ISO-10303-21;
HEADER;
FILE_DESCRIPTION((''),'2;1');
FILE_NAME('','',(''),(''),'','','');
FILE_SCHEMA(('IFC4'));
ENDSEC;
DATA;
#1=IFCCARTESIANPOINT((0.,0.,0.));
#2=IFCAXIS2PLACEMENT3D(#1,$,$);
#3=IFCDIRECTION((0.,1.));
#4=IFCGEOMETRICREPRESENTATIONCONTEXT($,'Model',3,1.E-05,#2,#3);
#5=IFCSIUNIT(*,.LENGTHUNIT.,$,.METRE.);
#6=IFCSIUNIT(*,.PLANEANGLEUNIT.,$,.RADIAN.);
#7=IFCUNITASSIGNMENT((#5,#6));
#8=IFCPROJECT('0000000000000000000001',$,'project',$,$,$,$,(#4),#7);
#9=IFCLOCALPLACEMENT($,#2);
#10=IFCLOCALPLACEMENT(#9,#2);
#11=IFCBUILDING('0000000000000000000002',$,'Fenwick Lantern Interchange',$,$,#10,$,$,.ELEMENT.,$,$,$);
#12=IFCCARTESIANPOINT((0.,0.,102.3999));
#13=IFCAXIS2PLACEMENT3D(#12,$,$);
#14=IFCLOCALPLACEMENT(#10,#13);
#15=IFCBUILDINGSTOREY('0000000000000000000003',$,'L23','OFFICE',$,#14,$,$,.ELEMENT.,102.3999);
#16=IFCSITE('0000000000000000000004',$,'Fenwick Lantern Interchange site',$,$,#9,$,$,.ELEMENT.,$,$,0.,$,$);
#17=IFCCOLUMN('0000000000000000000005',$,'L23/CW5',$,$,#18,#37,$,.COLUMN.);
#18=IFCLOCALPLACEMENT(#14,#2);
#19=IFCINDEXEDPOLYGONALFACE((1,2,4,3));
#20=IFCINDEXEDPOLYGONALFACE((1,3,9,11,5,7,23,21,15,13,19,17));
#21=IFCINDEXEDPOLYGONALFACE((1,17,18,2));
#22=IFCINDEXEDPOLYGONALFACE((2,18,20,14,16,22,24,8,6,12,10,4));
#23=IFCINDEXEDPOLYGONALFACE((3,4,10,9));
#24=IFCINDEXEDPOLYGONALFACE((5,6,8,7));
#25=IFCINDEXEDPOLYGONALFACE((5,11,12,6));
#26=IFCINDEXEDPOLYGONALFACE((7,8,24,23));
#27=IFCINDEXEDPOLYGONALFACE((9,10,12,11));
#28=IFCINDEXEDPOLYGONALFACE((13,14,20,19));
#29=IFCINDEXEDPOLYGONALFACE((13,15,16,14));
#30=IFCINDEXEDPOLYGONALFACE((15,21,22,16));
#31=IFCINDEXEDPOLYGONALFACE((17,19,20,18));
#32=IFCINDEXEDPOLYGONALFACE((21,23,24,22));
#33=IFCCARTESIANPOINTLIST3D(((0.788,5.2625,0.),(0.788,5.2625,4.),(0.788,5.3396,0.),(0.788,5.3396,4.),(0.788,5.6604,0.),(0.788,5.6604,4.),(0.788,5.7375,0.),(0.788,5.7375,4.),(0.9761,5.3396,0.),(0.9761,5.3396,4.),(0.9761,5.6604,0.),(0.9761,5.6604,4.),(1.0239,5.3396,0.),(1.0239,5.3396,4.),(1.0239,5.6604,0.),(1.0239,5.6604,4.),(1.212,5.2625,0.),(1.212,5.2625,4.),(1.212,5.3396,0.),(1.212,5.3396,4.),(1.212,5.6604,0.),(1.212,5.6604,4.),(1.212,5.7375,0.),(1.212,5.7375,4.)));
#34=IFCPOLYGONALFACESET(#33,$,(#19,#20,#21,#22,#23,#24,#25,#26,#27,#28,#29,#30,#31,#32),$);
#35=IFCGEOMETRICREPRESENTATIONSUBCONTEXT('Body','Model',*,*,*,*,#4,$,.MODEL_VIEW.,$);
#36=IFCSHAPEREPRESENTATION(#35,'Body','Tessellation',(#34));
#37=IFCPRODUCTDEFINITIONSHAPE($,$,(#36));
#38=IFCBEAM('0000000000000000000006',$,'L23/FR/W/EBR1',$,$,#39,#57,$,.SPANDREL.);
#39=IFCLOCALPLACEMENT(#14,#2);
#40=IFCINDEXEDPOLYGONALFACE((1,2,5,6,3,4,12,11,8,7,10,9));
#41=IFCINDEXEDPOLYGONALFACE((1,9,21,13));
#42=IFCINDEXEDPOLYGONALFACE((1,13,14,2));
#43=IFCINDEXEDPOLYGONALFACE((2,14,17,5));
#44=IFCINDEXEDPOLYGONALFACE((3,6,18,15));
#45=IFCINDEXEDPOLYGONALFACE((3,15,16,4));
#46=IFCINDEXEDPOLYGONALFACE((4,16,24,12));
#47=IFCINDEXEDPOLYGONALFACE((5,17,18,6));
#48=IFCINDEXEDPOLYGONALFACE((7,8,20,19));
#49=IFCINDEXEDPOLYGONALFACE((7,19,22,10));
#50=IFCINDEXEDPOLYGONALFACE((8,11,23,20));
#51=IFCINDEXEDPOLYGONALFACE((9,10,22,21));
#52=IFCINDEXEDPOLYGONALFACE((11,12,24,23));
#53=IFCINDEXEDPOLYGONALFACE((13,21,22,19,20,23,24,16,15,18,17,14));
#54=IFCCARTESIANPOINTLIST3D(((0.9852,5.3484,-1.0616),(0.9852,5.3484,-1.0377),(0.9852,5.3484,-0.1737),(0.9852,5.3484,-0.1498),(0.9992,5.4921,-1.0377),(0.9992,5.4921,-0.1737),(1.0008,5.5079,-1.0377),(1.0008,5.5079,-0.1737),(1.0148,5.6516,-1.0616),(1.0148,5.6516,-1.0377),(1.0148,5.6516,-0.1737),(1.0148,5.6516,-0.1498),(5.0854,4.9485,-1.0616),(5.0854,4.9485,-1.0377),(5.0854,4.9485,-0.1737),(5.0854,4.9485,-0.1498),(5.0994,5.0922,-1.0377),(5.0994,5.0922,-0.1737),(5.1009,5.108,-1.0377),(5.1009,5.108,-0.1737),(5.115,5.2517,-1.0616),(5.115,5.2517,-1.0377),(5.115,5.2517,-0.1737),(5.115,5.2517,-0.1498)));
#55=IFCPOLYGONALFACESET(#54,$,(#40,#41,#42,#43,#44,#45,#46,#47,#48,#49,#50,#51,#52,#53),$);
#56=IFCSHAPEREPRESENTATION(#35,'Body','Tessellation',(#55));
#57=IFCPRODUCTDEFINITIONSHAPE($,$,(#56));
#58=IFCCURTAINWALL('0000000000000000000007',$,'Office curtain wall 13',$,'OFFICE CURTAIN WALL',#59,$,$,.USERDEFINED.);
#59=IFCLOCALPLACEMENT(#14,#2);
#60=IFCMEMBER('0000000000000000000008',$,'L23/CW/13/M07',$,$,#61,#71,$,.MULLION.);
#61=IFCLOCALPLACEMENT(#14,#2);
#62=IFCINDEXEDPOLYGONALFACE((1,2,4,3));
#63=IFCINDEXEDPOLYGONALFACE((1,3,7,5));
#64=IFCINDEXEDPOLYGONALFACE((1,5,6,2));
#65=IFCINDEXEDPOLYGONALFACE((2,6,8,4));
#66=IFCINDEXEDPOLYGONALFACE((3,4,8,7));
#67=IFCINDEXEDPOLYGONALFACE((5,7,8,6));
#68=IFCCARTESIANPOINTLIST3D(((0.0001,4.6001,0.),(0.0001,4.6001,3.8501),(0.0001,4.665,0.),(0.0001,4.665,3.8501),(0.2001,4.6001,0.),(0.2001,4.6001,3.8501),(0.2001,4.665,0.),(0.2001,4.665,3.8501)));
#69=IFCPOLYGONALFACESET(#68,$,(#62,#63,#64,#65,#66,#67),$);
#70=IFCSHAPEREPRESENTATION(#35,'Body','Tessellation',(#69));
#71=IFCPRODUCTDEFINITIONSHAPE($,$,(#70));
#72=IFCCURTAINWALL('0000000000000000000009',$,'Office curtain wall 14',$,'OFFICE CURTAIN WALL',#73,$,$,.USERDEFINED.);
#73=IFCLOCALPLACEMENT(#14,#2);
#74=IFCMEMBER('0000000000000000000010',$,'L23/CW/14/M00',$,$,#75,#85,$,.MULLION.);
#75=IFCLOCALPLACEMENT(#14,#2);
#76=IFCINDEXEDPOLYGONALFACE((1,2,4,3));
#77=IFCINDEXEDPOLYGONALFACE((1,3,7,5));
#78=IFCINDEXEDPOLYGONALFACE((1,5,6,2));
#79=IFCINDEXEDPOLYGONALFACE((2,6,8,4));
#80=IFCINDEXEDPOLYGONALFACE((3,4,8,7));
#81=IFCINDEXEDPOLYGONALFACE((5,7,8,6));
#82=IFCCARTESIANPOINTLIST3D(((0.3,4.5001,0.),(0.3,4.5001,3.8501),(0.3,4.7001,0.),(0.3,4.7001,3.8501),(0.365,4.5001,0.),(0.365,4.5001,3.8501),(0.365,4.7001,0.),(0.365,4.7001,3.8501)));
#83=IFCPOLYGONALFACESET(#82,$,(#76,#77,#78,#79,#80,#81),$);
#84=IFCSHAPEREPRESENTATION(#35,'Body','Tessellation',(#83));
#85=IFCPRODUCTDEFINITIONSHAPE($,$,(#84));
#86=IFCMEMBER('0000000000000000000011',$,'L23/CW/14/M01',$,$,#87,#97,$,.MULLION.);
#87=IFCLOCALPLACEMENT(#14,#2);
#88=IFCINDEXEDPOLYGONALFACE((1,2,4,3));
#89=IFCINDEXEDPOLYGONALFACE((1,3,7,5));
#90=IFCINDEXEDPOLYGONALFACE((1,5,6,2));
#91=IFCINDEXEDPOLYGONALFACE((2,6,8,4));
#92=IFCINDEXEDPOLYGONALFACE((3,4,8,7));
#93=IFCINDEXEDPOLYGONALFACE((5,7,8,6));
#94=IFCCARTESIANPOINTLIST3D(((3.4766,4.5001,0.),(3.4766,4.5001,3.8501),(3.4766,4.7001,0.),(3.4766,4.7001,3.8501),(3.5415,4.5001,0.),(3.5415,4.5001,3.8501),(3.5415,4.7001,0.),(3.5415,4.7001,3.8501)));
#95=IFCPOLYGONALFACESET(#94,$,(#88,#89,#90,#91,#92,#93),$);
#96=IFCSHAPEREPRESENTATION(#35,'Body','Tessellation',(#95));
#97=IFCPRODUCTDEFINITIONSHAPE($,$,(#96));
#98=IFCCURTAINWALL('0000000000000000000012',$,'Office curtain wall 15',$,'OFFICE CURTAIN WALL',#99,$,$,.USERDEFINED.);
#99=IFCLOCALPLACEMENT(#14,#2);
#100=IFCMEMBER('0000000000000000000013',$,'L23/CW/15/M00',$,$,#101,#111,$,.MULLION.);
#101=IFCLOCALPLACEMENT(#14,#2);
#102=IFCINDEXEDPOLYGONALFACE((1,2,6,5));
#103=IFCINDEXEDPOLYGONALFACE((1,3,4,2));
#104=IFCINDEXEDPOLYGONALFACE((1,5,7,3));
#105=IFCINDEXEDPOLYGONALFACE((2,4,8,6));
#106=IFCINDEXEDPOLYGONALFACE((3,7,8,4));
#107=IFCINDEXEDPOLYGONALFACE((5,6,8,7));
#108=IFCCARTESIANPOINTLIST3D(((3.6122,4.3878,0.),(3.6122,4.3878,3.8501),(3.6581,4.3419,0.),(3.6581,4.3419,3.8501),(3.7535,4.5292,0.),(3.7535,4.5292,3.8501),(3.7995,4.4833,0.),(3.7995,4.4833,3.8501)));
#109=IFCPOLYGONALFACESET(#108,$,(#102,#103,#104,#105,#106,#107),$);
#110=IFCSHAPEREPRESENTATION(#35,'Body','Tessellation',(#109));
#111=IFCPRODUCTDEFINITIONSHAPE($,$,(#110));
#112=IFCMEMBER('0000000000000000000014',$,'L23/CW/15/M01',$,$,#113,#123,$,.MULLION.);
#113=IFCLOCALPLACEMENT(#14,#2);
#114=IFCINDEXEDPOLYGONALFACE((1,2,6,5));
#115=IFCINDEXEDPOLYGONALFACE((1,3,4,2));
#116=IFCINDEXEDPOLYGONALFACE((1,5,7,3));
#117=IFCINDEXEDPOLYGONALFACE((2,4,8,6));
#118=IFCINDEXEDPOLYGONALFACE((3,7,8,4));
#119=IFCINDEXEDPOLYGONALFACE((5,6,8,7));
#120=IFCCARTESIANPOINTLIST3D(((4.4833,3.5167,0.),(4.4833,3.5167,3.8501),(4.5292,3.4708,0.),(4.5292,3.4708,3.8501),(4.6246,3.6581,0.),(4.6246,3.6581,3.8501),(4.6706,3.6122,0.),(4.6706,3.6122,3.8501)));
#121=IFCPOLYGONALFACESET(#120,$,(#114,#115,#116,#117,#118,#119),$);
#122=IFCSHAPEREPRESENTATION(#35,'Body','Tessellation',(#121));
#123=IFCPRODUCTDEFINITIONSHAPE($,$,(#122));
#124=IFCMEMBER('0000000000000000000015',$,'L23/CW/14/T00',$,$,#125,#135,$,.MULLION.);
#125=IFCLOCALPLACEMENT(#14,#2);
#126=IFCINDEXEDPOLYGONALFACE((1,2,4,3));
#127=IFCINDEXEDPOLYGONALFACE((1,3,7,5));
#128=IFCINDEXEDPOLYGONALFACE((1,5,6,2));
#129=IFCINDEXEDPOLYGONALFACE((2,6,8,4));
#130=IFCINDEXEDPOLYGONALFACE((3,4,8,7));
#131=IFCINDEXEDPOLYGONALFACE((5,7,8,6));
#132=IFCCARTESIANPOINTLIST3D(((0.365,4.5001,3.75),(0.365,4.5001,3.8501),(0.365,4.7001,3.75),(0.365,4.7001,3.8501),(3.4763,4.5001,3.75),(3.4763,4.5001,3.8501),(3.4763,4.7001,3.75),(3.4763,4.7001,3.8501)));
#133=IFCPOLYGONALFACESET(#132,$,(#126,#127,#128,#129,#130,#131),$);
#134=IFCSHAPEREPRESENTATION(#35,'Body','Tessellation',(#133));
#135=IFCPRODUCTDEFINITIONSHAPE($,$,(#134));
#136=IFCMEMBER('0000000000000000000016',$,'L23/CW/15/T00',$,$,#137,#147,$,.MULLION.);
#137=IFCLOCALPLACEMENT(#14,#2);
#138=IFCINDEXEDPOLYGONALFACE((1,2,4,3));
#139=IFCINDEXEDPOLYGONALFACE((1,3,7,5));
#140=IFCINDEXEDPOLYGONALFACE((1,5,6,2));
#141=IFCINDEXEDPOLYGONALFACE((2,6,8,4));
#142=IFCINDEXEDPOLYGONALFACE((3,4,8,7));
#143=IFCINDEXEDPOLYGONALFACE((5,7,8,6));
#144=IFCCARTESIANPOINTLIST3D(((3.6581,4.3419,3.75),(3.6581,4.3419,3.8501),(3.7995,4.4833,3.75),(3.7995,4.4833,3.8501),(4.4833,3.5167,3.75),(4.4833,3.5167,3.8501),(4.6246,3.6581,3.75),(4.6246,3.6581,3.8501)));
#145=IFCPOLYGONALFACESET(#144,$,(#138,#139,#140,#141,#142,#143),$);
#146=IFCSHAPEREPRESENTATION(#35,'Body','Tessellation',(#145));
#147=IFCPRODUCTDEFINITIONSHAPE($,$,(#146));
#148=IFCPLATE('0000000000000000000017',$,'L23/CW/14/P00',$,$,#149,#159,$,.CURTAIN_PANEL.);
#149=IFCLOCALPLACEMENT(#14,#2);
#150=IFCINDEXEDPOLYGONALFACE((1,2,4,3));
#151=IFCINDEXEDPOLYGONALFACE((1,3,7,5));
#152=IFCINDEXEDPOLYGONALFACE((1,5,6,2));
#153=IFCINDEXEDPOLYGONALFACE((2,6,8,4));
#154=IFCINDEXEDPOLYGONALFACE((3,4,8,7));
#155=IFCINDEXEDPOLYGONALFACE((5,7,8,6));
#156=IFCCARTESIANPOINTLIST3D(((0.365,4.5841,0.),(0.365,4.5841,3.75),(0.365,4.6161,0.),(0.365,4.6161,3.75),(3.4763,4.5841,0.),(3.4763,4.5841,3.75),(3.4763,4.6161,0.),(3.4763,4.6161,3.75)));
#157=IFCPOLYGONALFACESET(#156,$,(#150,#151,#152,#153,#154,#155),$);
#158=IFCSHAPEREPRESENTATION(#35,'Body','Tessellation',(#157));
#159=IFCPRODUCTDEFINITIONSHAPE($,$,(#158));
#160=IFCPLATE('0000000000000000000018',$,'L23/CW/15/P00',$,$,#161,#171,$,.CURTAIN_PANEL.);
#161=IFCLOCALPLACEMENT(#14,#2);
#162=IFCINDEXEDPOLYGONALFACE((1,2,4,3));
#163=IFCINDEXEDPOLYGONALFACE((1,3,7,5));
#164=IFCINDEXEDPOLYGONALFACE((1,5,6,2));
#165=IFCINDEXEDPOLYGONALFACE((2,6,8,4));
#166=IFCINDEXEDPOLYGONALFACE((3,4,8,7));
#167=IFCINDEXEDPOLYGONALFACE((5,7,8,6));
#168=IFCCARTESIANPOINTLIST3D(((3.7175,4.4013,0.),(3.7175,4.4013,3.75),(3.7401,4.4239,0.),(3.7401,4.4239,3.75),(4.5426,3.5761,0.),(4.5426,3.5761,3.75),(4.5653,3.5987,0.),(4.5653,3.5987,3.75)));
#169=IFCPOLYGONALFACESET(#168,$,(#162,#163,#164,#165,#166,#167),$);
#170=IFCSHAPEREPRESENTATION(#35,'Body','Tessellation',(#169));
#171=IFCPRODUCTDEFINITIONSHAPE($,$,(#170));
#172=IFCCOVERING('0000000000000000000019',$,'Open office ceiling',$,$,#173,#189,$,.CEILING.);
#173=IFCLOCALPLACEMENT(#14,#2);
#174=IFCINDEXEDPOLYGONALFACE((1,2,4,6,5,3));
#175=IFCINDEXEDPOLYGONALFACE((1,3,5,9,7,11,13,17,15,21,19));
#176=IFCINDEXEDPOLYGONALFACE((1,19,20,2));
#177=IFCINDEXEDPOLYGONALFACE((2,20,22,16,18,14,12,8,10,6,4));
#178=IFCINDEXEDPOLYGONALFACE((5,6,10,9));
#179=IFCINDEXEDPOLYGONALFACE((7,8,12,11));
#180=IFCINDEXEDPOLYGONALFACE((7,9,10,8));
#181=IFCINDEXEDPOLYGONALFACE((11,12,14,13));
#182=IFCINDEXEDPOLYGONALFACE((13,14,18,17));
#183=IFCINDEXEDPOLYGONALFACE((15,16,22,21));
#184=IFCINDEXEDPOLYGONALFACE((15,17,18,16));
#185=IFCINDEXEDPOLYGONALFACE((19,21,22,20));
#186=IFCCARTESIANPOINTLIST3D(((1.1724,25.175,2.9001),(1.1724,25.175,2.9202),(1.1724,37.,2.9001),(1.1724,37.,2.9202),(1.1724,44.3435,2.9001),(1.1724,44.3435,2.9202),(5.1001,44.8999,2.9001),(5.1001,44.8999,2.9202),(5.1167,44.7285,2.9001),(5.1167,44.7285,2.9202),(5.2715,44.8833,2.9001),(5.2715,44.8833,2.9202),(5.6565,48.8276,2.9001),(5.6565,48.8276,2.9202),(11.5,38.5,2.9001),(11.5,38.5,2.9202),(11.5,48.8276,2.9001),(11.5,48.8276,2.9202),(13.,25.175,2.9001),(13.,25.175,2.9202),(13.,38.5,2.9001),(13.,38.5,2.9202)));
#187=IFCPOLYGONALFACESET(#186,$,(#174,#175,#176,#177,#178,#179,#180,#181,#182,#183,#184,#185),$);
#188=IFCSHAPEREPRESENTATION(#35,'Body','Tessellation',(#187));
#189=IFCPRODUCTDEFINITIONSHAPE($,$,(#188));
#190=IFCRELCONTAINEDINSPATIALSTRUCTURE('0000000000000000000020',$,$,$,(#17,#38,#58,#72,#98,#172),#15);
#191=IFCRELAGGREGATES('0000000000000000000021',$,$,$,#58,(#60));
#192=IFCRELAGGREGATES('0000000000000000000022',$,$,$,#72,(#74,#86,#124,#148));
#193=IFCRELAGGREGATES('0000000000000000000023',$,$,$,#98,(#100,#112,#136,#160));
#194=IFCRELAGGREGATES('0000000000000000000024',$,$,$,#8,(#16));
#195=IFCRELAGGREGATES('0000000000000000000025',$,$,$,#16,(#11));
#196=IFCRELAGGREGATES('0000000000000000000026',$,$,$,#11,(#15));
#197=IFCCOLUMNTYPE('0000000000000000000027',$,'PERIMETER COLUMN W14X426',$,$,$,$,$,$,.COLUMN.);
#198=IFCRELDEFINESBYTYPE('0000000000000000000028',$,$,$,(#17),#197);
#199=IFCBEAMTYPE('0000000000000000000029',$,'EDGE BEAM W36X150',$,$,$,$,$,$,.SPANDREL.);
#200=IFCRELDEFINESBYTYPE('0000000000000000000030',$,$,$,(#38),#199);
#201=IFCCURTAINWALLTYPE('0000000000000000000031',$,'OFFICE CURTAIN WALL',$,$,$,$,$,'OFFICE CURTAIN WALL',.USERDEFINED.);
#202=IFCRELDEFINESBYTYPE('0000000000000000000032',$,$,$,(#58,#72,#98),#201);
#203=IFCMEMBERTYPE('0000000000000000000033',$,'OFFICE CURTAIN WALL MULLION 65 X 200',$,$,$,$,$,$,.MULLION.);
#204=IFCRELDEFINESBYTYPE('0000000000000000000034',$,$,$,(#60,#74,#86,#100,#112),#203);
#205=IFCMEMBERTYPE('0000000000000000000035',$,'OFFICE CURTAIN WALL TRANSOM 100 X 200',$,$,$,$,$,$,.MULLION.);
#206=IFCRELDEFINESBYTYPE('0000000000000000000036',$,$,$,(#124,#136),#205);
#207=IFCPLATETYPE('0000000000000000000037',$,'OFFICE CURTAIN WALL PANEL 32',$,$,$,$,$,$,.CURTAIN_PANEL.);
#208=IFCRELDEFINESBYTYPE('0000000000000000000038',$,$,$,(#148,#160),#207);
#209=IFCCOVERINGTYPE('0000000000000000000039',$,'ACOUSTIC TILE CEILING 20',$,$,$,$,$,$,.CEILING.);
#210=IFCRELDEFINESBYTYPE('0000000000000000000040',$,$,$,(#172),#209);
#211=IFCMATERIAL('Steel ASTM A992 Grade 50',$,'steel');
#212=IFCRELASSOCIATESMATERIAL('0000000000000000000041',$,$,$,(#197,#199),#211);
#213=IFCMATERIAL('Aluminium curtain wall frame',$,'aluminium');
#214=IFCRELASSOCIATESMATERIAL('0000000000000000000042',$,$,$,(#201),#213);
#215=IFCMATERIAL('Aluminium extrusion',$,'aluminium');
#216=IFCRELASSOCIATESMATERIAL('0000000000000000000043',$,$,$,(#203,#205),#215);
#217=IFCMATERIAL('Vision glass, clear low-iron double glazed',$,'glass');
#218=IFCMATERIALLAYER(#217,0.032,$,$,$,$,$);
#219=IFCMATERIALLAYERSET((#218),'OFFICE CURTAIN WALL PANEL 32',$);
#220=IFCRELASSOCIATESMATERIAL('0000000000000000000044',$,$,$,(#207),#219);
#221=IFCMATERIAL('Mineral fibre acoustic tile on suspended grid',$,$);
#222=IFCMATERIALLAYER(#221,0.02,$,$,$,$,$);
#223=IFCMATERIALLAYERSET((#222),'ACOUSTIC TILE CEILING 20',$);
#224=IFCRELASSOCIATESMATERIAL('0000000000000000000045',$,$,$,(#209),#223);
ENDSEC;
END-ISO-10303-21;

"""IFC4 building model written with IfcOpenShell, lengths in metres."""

from ifc_helpers import new_model, si_unit, direction, frame, origin, origin_2d, place, context, subcontext, project, spatial, polyline, rectangle, i_section, outline, extrude, material, layer, layer_set, material_profile, profile_set, type_object, element, aggregate, save


model = new_model("IFC4")

# Units and contexts
model_context = context("Model", 3, precision=1e-05, world=origin(), true_north=direction((0.0, 1.0)))
body_context = subcontext(model_context, "Body", "Model", "MODEL_VIEW")
ifc_project = project(units=[si_unit("LENGTHUNIT", "METRE"), si_unit("PLANEANGLEUNIT", "RADIAN")], contexts=[model_context])

# Site, building, storey
site_placement = place(None, origin())
site = spatial("IfcSite", under=ifc_project, at=site_placement, Name="Fenwick Lantern Interchange site", CompositionType="ELEMENT", RefElevation=0.0)
building_placement = place(site_placement, origin())
building = spatial("IfcBuilding", under=site, at=building_placement, Name="Fenwick Lantern Interchange", CompositionType="ELEMENT")
storey_placement = place(building_placement, frame((0.0, 0.0, 102.3999)))
storey = spatial("IfcBuildingStorey", under=building, at=storey_placement, Name="L23", Description="OFFICE", CompositionType="ELEMENT", Elevation=102.3999)

# Column
ifc_material_1 = material(Name="Steel ASTM A992 Grade 50", Category="steel")
ifc_material_profile_1 = material_profile(ifc_material_1, i_section(OverallWidth=0.4241, OverallDepth=0.4751, WebThickness=0.0479, FlangeThickness=0.0771, at=origin_2d()), Name="W14X426")
ifc_profile_set_1 = profile_set([ifc_material_profile_1], Name="Steel ASTM A992 Grade 50")
column_type = type_object("IfcColumnType", Name="PERIMETER COLUMN W14X426", PredefinedType="COLUMN", material=ifc_profile_set_1)
column_placement = place(storey_placement, frame((1.0, 5.5, 0.0), z_axis=(0.0, 0.0, 1.0), x_axis=(1.0, 0.0, 0.0)))
element("IfcColumn", 1, at=column_placement, inside=storey, type_object=column_type, Name="L23/CW5", PredefinedType="COLUMN", context=body_context, shape_type="SweptSolid", body=[
    extrude(i_section(OverallWidth=0.4241, OverallDepth=0.4751, WebThickness=0.0479, FlangeThickness=0.0771, at=origin_2d()), origin(), (0.0, 0.0, 1.0), 4.0),
])

# Beam
ifc_material_profile_2 = material_profile(ifc_material_1, i_section(OverallWidth=0.3047, OverallDepth=0.9119, WebThickness=0.0159, FlangeThickness=0.0239, at=origin_2d()), Name="W36X150")
ifc_profile_set_2 = profile_set([ifc_material_profile_2], Name="Steel ASTM A992 Grade 50")
beam_type = type_object("IfcBeamType", Name="EDGE BEAM W36X150", PredefinedType="SPANDREL", material=ifc_profile_set_2)
beam_placement = place(storey_placement, frame((1.0, 5.5, -0.6057), z_axis=(0.995277, -0.097074, 0.0), x_axis=(0.097074, 0.995277, 0.0)))
element("IfcBeam", 2, at=beam_placement, inside=storey, type_object=beam_type, Name="L23/FR/W/EBR1", PredefinedType="SPANDREL", context=body_context, shape_type="SweptSolid", body=[
    extrude(i_section(OverallWidth=0.3047, OverallDepth=0.9119, WebThickness=0.0159, FlangeThickness=0.0239, at=origin_2d()), origin(), (0.0, 0.0, 1.0), 4.1196),
])

# Curtain wall, member
ifc_material_2 = material(Name="Aluminium curtain wall frame", Category="aluminium")
curtain_wall_type = type_object("IfcCurtainWallType", Name="OFFICE CURTAIN WALL", ElementType="OFFICE CURTAIN WALL", PredefinedType="USERDEFINED", material=ifc_material_2)
curtain_wall_1_placement = place(storey_placement, origin())
curtain_wall_1 = element("IfcCurtainWall", 3, at=curtain_wall_1_placement, inside=storey, type_object=curtain_wall_type, Name="Office curtain wall 13", ObjectType="OFFICE CURTAIN WALL", PredefinedType="USERDEFINED")
ifc_material_3 = material(Name="Aluminium extrusion", Category="aluminium")
ifc_material_profile_3 = material_profile(ifc_material_3, rectangle(XDim=0.2, YDim=0.0649, at=origin_2d()), Name="OFFICE CURTAIN WALL MULLION 65 X 200")
ifc_profile_set_3 = profile_set([ifc_material_profile_3], Name="Aluminium extrusion")
member_type_1 = type_object("IfcMemberType", Name="OFFICE CURTAIN WALL MULLION 65 X 200", PredefinedType="MULLION", material=ifc_profile_set_3)
member_1_placement = place(storey_placement, frame((0.1001, 4.6326, 0.0), z_axis=(0.0, 0.0, 1.0), x_axis=(1.0, 0.0, 0.0)))
member_1 = element("IfcMember", 4, at=member_1_placement, type_object=member_type_1, Name="L23/CW/13/M07", PredefinedType="MULLION", context=body_context, shape_type="SweptSolid", body=[
    extrude(rectangle(XDim=0.2, YDim=0.0649, at=origin_2d()), origin(), (0.0, 0.0, 1.0), 3.8501),
])
aggregate(curtain_wall_1, [member_1])

# Curtain walls, members
curtain_wall_2_placement = place(storey_placement, origin())
curtain_wall_2 = element("IfcCurtainWall", 5, at=curtain_wall_2_placement, inside=storey, type_object=curtain_wall_type, Name="Office curtain wall 14", ObjectType="OFFICE CURTAIN WALL", PredefinedType="USERDEFINED")
member_2_placement = place(storey_placement, frame((0.3325, 4.6001, 0.0), z_axis=(0.0, 0.0, 1.0), x_axis=(0.0, 1.0, 0.0)))
member_2 = element("IfcMember", 6, at=member_2_placement, type_object=member_type_1, Name="L23/CW/14/M00", PredefinedType="MULLION", context=body_context, shape_type="SweptSolid", body=[
    extrude(rectangle(XDim=0.2, YDim=0.0649, at=origin_2d()), origin(), (0.0, 0.0, 1.0), 3.8501),
])
member_3_placement = place(storey_placement, frame((3.509, 4.6001, 0.0), z_axis=(0.0, 0.0, 1.0), x_axis=(0.0, 1.0, 0.0)))
member_3 = element("IfcMember", 7, at=member_3_placement, type_object=member_type_1, Name="L23/CW/14/M01", PredefinedType="MULLION", context=body_context, shape_type="SweptSolid", body=[
    extrude(rectangle(XDim=0.2, YDim=0.0649, at=origin_2d()), origin(), (0.0, 0.0, 1.0), 3.8501),
])
curtain_wall_3_placement = place(storey_placement, origin())
curtain_wall_3 = element("IfcCurtainWall", 8, at=curtain_wall_3_placement, inside=storey, type_object=curtain_wall_type, Name="Office curtain wall 15", ObjectType="OFFICE CURTAIN WALL", PredefinedType="USERDEFINED")
member_4_placement = place(storey_placement, frame((3.7058, 4.4355, 0.0), z_axis=(0.0, 0.0, 1.0), x_axis=(0.707107, 0.707107, 0.0)))
member_4 = element("IfcMember", 9, at=member_4_placement, type_object=member_type_1, Name="L23/CW/15/M00", PredefinedType="MULLION", context=body_context, shape_type="SweptSolid", body=[
    extrude(rectangle(XDim=0.2, YDim=0.0649, at=origin_2d()), origin(), (0.0, 0.0, 1.0), 3.8501),
])
member_5_placement = place(storey_placement, frame((4.5769, 3.5645, 0.0), z_axis=(0.0, 0.0, 1.0), x_axis=(0.707107, 0.707107, 0.0)))
member_5 = element("IfcMember", 10, at=member_5_placement, type_object=member_type_1, Name="L23/CW/15/M01", PredefinedType="MULLION", context=body_context, shape_type="SweptSolid", body=[
    extrude(rectangle(XDim=0.2, YDim=0.0649, at=origin_2d()), origin(), (0.0, 0.0, 1.0), 3.8501),
])

# Members
ifc_material_profile_4 = material_profile(ifc_material_3, rectangle(XDim=0.2, YDim=0.1001, at=origin_2d()), Name="OFFICE CURTAIN WALL TRANSOM 100 X 200")
ifc_profile_set_4 = profile_set([ifc_material_profile_4], Name="Aluminium extrusion")
member_type_2 = type_object("IfcMemberType", Name="OFFICE CURTAIN WALL TRANSOM 100 X 200", PredefinedType="MULLION", material=ifc_profile_set_4)
member_6_placement = place(storey_placement, frame((0.365, 4.6001, 3.8), z_axis=(1.0, 0.0, 0.0), x_axis=(0.0, 1.0, 0.0)))
member_6 = element("IfcMember", 11, at=member_6_placement, type_object=member_type_2, Name="L23/CW/14/T00", PredefinedType="MULLION", context=body_context, shape_type="SweptSolid", body=[
    extrude(rectangle(XDim=0.2, YDim=0.1001, at=origin_2d()), origin(), (0.0, 0.0, 1.0), 3.1113),
])
member_7_placement = place(storey_placement, frame((3.7288, 4.4126, 3.8), z_axis=(0.707107, -0.707107, 0.0), x_axis=(0.707107, 0.707107, 0.0)))
member_7 = element("IfcMember", 12, at=member_7_placement, type_object=member_type_2, Name="L23/CW/15/T00", PredefinedType="MULLION", context=body_context, shape_type="SweptSolid", body=[
    extrude(rectangle(XDim=0.2, YDim=0.1001, at=origin_2d()), origin(), (0.0, 0.0, 1.0), 1.167),
])

# Shared definitions
ifc_material_4 = material(Name="Vision glass, clear low-iron double glazed", Category="glass")
ifc_layer_1 = layer(ifc_material_4, 0.032)
ifc_layer_set_1 = layer_set([ifc_layer_1], Name="OFFICE CURTAIN WALL PANEL 32")
plate_type = type_object("IfcPlateType", Name="OFFICE CURTAIN WALL PANEL 32", PredefinedType="CURTAIN_PANEL", material=ifc_layer_set_1)

# Plates
plate_1_placement = place(storey_placement, frame((1.9207, 4.6001, 0.0), z_axis=(0.0, 0.0, 1.0), x_axis=(1.0, 0.0, 0.0)))
plate_1 = element("IfcPlate", 13, at=plate_1_placement, type_object=plate_type, Name="L23/CW/14/P00", PredefinedType="CURTAIN_PANEL", context=body_context, shape_type="SweptSolid", body=[
    extrude(rectangle(XDim=3.1113, YDim=0.032, at=origin_2d()), origin(), (0.0, 0.0, 1.0), 3.75),
])
aggregate(curtain_wall_2, [member_2, member_3, member_6, plate_1])
plate_2_placement = place(storey_placement, frame((4.1414, 4.0, 0.0), z_axis=(0.0, 0.0, 1.0), x_axis=(0.707107, -0.707107, 0.0)))
plate_2 = element("IfcPlate", 14, at=plate_2_placement, type_object=plate_type, Name="L23/CW/15/P00", PredefinedType="CURTAIN_PANEL", context=body_context, shape_type="SweptSolid", body=[
    extrude(rectangle(XDim=1.167, YDim=0.032, at=origin_2d()), origin(), (0.0, 0.0, 1.0), 3.75),
])
aggregate(curtain_wall_3, [member_4, member_5, member_7, plate_2])

# Covering
ifc_material_5 = material(Name="Mineral fibre acoustic tile on suspended grid")
ifc_layer_2 = layer(ifc_material_5, 0.02)
ifc_layer_set_2 = layer_set([ifc_layer_2], Name="ACOUSTIC TILE CEILING 20")
covering_type_1 = type_object("IfcCoveringType", Name="ACOUSTIC TILE CEILING 20", PredefinedType="CEILING", material=ifc_layer_set_2)
covering_1_placement = place(storey_placement, frame((0.0, 0.0, 2.9001)))
element("IfcCovering", 15, at=covering_1_placement, inside=storey, type_object=covering_type_1, Name="Open office ceiling", PredefinedType="CEILING", context=body_context, shape_type="SweptSolid", body=[
    extrude(outline(polyline([(11.5, 38.5), (11.5, 48.8276), (5.6565, 48.8276), (5.2715, 44.8833), (5.1001, 44.8999), (5.1167, 44.7285), (1.1724, 44.3435), (1.1724, 37.0), (1.1724, 25.175), (13.0, 25.175), (13.0, 38.5), (11.5, 38.5)])), origin(), (0.0, 0.0, 1.0), 0.02),
])

save(model, "model.ifc")
